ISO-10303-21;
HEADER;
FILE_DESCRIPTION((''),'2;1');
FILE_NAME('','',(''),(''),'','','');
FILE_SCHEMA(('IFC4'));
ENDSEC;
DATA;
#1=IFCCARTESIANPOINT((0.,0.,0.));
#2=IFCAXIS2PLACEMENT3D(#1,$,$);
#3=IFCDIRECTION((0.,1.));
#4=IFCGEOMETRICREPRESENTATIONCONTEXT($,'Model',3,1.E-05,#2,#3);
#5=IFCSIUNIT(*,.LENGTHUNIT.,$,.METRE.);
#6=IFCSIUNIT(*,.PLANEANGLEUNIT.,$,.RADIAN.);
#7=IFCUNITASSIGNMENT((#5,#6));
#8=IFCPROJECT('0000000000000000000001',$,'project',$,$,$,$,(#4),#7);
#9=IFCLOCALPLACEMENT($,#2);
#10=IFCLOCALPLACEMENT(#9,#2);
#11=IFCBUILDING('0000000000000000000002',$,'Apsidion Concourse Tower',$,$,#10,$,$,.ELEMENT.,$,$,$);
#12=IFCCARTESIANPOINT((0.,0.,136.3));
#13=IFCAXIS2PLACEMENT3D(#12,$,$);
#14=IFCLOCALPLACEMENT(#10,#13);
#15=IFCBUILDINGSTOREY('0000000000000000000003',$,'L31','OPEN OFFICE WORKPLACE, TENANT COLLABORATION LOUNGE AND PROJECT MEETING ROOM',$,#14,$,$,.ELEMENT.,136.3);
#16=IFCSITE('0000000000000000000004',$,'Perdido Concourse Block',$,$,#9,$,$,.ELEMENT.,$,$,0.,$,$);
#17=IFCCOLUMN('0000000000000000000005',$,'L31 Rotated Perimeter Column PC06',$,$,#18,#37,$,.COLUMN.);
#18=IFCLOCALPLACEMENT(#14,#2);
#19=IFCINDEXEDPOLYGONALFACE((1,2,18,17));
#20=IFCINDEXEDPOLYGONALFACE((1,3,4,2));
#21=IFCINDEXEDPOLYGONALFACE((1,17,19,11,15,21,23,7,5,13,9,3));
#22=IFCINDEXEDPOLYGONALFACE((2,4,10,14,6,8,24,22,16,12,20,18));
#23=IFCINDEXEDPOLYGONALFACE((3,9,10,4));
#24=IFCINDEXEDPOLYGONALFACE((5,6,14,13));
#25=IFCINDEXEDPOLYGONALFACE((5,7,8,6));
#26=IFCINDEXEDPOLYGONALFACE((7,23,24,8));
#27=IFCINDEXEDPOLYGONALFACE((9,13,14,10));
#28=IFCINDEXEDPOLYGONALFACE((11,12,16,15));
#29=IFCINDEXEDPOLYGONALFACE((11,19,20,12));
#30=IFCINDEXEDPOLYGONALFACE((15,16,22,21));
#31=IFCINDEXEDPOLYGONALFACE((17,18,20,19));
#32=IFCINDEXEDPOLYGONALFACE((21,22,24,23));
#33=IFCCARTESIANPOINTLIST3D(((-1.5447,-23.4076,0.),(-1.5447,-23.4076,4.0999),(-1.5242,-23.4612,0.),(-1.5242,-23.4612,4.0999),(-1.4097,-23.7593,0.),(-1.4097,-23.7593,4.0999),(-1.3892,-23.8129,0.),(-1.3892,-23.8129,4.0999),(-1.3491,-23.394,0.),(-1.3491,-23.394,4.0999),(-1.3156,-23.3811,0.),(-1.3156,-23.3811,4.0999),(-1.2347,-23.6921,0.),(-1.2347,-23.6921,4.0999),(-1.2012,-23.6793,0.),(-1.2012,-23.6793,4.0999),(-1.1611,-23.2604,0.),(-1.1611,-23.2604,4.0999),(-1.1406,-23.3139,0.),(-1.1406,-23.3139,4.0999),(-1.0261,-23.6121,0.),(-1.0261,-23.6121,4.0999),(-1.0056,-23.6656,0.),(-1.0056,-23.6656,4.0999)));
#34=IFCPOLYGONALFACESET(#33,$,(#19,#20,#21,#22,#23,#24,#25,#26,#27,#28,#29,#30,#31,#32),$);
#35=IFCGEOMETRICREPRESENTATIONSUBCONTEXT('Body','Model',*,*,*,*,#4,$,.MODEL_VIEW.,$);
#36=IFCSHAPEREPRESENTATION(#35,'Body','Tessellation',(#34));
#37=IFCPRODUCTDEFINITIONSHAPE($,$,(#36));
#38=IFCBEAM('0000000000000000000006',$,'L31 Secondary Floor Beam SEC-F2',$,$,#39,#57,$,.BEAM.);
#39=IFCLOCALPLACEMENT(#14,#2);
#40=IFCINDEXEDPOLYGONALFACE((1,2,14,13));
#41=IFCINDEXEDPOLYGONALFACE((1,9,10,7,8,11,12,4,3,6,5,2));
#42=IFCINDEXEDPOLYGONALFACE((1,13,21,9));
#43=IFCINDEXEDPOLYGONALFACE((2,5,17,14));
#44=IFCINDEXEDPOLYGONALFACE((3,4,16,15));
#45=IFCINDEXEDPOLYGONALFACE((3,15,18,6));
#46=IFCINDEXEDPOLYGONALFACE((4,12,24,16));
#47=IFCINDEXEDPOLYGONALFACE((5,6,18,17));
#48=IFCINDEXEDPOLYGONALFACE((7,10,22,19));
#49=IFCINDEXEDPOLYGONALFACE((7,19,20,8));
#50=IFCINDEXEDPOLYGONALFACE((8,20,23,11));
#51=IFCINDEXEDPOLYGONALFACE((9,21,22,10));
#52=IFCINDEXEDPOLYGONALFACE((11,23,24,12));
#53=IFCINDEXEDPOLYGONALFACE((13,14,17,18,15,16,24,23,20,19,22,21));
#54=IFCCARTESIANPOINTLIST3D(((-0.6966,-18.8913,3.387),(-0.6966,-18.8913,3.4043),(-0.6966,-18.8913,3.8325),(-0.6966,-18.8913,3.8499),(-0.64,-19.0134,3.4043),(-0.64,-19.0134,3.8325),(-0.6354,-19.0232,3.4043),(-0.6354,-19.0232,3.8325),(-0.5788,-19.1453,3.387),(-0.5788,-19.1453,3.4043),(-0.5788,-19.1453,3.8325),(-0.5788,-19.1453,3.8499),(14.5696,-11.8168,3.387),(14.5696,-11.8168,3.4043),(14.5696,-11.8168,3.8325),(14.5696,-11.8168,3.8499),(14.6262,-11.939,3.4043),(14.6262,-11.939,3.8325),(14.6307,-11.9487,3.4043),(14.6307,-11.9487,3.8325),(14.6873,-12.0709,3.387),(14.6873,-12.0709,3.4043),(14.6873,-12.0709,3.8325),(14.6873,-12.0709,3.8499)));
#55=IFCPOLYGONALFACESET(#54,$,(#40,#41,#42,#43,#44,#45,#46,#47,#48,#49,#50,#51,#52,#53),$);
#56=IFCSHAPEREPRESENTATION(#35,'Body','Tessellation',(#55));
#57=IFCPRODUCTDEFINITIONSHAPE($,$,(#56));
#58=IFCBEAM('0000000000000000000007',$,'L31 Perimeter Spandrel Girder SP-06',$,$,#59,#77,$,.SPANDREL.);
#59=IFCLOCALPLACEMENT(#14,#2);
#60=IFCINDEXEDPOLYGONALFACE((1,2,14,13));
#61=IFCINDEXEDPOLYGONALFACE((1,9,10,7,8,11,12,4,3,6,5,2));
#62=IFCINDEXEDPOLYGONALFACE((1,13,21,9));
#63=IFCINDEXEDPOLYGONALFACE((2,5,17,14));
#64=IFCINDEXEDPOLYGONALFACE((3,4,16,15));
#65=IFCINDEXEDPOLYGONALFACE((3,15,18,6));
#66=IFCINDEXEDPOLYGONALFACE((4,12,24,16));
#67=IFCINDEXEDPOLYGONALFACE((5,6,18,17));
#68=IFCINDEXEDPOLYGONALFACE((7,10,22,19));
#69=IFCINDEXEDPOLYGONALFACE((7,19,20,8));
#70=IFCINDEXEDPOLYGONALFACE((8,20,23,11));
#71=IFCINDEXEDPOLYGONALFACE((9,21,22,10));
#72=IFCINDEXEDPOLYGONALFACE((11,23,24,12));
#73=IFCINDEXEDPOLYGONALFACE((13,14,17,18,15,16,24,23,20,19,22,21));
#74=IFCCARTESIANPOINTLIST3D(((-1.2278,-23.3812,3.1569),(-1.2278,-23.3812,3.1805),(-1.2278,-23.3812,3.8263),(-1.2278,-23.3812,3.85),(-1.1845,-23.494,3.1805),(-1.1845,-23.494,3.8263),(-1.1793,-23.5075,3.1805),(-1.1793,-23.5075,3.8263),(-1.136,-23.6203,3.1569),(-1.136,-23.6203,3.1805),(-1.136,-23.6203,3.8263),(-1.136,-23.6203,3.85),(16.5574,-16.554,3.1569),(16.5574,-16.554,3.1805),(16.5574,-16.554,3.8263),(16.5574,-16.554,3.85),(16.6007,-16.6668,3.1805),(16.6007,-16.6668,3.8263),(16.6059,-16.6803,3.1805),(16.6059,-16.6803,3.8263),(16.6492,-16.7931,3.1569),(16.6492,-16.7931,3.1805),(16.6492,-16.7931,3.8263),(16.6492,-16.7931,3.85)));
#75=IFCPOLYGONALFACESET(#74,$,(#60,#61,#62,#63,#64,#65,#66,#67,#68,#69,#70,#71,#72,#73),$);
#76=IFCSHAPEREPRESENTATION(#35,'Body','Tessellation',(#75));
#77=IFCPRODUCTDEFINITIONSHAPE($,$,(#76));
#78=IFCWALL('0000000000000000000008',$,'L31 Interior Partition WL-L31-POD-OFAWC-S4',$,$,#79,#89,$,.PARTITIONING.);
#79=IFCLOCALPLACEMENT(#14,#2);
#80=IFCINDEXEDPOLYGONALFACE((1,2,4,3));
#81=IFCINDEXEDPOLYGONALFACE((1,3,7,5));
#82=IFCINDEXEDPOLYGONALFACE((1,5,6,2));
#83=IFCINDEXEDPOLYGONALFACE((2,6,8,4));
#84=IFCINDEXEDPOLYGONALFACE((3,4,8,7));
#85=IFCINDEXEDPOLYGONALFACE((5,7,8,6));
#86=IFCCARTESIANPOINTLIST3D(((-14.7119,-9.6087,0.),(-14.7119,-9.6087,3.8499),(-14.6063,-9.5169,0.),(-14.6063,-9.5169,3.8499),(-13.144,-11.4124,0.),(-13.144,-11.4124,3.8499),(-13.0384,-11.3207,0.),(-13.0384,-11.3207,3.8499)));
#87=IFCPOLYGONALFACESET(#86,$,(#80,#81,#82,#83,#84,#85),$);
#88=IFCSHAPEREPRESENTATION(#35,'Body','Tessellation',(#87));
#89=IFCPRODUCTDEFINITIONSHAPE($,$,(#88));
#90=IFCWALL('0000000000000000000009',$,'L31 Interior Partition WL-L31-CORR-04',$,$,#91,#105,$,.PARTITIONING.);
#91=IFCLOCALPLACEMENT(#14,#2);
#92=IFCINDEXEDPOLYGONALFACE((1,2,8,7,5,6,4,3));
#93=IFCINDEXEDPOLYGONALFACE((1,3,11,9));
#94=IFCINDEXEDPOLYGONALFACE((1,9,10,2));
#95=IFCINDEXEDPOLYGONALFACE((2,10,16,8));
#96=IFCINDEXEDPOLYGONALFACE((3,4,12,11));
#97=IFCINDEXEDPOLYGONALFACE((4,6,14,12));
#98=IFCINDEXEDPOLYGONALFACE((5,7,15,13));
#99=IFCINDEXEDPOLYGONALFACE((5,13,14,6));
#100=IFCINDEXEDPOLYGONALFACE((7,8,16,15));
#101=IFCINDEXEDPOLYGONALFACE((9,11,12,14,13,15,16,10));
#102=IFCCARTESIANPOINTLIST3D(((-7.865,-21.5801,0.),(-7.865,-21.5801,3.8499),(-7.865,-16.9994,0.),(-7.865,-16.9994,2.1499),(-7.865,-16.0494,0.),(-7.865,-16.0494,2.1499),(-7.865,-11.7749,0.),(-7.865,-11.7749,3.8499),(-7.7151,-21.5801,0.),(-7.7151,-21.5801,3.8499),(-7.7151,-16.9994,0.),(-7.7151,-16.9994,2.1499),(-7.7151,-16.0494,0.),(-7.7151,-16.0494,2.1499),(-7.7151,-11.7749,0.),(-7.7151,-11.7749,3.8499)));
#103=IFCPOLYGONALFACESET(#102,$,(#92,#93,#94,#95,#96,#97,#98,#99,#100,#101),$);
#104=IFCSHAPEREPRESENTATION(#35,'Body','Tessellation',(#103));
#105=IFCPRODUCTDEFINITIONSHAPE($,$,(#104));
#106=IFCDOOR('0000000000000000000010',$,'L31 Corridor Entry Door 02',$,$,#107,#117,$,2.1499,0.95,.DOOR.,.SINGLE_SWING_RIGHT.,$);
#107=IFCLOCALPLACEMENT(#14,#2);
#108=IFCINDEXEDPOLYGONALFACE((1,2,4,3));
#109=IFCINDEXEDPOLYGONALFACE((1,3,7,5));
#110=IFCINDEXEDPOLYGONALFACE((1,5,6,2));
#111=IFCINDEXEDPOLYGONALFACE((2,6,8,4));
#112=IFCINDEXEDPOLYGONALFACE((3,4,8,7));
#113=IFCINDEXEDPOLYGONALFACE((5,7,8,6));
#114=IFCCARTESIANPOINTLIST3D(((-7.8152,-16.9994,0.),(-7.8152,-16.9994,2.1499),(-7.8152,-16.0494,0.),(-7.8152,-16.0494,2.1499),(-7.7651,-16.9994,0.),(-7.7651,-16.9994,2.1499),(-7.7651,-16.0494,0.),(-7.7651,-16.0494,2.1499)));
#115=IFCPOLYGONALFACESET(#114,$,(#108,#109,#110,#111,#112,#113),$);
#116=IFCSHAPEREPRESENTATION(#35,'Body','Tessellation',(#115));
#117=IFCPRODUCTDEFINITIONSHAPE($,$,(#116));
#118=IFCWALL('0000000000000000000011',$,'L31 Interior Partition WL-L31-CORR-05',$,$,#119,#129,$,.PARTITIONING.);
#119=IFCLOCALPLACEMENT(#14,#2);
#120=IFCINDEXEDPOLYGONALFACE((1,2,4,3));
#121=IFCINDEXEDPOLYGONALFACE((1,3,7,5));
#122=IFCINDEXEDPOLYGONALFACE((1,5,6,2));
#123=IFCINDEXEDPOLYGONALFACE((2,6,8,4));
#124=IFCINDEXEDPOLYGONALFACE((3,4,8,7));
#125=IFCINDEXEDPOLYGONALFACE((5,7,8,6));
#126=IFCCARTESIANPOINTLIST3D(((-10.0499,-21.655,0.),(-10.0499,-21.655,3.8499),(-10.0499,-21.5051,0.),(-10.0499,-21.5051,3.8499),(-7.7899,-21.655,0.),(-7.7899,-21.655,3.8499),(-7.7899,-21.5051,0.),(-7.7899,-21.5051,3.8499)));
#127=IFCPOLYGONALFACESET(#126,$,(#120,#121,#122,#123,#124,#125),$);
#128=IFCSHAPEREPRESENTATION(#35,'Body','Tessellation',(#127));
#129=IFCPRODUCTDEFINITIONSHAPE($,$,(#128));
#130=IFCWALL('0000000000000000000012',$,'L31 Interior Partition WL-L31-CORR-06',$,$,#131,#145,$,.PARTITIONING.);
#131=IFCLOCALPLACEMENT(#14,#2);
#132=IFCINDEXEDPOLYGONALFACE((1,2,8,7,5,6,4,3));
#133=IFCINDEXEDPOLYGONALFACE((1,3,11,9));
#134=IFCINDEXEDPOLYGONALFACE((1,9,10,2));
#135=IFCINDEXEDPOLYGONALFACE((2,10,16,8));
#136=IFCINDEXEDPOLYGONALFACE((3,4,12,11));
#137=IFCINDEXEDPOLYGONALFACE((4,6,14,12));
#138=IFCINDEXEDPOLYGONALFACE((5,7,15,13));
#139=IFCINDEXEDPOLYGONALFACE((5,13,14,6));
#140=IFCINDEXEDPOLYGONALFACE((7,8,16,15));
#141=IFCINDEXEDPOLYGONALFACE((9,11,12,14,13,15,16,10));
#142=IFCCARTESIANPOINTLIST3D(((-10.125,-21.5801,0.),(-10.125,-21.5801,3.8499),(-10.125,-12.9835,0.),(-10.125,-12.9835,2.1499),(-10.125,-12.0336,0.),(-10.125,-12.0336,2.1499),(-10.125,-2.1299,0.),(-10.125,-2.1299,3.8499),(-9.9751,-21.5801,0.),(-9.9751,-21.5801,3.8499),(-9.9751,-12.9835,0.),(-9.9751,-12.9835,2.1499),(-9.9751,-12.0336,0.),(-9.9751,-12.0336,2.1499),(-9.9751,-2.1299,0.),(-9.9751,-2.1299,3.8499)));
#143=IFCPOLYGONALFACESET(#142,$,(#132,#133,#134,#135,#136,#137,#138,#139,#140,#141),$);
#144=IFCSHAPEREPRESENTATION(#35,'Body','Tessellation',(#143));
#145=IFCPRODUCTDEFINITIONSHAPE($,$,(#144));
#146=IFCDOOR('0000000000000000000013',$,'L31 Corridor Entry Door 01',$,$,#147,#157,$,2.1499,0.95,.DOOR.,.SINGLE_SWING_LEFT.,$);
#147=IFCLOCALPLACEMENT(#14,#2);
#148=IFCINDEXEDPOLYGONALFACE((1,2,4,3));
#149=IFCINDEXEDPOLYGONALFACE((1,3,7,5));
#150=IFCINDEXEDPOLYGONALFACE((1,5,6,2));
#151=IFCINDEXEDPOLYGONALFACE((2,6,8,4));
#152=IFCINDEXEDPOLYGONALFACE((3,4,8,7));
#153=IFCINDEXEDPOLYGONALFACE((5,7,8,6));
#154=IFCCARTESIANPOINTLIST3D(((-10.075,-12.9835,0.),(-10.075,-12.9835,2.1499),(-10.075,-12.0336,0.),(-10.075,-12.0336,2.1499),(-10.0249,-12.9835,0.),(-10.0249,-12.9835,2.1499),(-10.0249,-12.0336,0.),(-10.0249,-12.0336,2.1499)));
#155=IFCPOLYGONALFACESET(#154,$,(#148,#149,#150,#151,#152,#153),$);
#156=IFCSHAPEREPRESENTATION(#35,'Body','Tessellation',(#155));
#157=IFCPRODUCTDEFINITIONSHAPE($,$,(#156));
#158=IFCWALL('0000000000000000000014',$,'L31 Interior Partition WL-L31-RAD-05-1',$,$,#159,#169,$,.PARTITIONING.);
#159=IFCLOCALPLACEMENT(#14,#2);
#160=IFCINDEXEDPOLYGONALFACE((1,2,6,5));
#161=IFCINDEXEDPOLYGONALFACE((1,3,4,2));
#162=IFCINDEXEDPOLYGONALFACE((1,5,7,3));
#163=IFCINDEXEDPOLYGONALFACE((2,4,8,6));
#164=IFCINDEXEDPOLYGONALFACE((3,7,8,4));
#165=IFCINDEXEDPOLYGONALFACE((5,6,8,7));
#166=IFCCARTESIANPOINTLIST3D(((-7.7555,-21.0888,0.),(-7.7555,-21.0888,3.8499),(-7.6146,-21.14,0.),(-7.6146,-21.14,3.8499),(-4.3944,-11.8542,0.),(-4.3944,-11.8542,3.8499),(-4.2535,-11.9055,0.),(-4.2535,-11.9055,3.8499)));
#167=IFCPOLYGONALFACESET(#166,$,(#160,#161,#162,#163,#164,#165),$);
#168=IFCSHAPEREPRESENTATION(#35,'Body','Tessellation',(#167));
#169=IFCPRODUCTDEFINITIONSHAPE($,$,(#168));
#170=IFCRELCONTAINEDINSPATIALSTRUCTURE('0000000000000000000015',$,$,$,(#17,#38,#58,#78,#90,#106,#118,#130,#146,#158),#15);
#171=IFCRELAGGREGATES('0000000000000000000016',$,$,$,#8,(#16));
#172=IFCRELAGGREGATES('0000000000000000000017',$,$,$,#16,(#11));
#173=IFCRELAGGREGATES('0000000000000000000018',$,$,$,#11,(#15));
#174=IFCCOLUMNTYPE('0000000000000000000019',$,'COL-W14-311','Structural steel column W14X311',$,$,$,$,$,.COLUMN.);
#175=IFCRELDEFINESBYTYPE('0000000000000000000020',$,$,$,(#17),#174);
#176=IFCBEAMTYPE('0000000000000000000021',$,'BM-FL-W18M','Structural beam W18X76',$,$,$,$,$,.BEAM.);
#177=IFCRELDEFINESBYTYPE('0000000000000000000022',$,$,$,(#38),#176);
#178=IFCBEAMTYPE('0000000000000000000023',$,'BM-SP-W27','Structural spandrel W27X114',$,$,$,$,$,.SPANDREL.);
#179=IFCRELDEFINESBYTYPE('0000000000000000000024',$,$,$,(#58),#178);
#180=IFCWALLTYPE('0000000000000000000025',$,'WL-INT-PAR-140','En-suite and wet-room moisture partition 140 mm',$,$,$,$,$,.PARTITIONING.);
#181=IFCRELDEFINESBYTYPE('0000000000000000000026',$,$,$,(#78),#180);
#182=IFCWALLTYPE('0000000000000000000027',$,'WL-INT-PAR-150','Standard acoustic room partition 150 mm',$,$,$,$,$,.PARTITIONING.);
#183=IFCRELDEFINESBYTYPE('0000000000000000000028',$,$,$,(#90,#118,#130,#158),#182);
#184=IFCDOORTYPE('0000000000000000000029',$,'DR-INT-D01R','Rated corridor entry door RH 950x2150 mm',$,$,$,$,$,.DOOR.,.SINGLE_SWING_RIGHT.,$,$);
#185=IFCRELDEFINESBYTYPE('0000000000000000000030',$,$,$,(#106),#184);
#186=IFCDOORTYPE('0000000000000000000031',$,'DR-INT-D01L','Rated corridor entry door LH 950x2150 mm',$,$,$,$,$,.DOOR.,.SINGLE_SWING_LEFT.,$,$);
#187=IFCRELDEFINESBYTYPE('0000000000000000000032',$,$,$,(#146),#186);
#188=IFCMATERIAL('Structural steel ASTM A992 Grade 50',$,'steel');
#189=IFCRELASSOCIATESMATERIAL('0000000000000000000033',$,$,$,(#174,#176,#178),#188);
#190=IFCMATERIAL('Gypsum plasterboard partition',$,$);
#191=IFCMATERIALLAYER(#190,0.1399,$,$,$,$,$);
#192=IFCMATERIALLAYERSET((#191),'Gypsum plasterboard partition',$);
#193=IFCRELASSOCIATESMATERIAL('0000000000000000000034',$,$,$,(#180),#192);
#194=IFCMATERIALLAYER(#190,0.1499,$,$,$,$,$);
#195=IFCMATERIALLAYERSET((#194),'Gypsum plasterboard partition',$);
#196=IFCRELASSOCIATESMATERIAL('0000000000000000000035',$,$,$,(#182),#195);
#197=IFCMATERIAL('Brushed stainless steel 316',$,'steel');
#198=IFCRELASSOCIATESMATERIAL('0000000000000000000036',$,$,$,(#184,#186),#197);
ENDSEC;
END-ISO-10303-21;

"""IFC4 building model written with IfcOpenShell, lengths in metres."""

from ifc_helpers import new_model, si_unit, direction, frame, frame_2d, origin, origin_2d, place, context, subcontext, project, spatial, rectangle, i_section, extrude, material, layer, layer_set, material_profile, profile_set, type_object, element, fill, save


model = new_model("IFC4")

# Units and contexts
model_context = context("Model", 3, precision=1e-05, world=origin(), true_north=direction((0.0, 1.0)))
body_context = subcontext(model_context, "Body", "Model", "MODEL_VIEW")
ifc_project = project(units=[si_unit("LENGTHUNIT", "METRE"), si_unit("PLANEANGLEUNIT", "RADIAN")], contexts=[model_context])

# Site, building, storey
site_placement = place(None, origin())
site = spatial("IfcSite", under=ifc_project, at=site_placement, Name="Perdido Concourse Block", CompositionType="ELEMENT", RefElevation=0.0)
building_placement = place(site_placement, origin())
building = spatial("IfcBuilding", under=site, at=building_placement, Name="Apsidion Concourse Tower", CompositionType="ELEMENT")
storey_placement = place(building_placement, frame((0.0, 0.0, 136.3)))
storey = spatial("IfcBuildingStorey", under=building, at=storey_placement, Name="L31", Description="OPEN OFFICE WORKPLACE, TENANT COLLABORATION LOUNGE AND PROJECT MEETING ROOM", CompositionType="ELEMENT", Elevation=136.3)

# Column
ifc_material_1 = material(Name="Structural steel ASTM A992 Grade 50", Category="steel")
ifc_material_profile_1 = material_profile(ifc_material_1, i_section(OverallWidth=0.4109, OverallDepth=0.4341, WebThickness=0.0359, FlangeThickness=0.0574, at=origin_2d()), Name="W14X311")
ifc_profile_set_1 = profile_set([ifc_material_profile_1], Name="Structural steel ASTM A992 Grade 50")
column_type = type_object("IfcColumnType", Name="COL-W14-311", Description="Structural steel column W14X311", PredefinedType="COLUMN", material=ifc_profile_set_1)
column_placement = place(storey_placement, frame((-1.2751, -23.5366, 0.0), z_axis=(0.0, 0.0, 1.0), x_axis=(0.93358, 0.358368, 0.0)))
element("IfcColumn", 1, at=column_placement, inside=storey, type_object=column_type, Name="L31 Rotated Perimeter Column PC06", PredefinedType="COLUMN", context=body_context, shape_type="SweptSolid", body=[
    extrude(i_section(OverallWidth=0.4109, OverallDepth=0.4341, WebThickness=0.0359, FlangeThickness=0.0574, at=origin_2d()), origin(), (0.0, 0.0, 1.0), 4.0999),
])

# Beams
ifc_material_profile_2 = material_profile(ifc_material_1, i_section(OverallWidth=0.28, OverallDepth=0.4629, WebThickness=0.0107, FlangeThickness=0.0173, at=origin_2d()), Name="W18X76")
ifc_profile_set_2 = profile_set([ifc_material_profile_2], Name="Structural steel ASTM A992 Grade 50")
beam_type_1 = type_object("IfcBeamType", Name="BM-FL-W18M", Description="Structural beam W18X76", PredefinedType="BEAM", material=ifc_profile_set_2)
beam_1_placement = place(storey_placement, frame((-0.6377, -19.0183, 3.6184), z_axis=(0.907312, 0.420457, 0.0), x_axis=(-0.420457, 0.907312, 0.0)))
element("IfcBeam", 2, at=beam_1_placement, inside=storey, type_object=beam_type_1, Name="L31 Secondary Floor Beam SEC-F2", PredefinedType="BEAM", context=body_context, shape_type="SweptSolid", body=[
    extrude(i_section(OverallWidth=0.28, OverallDepth=0.4629, WebThickness=0.0107, FlangeThickness=0.0173, at=origin_2d()), origin(), (0.0, 0.0, 1.0), 16.8257),
])
ifc_material_profile_3 = material_profile(ifc_material_1, i_section(OverallWidth=0.2561, OverallDepth=0.6931, WebThickness=0.0144, FlangeThickness=0.0237, at=origin_2d()), Name="W27X114")
ifc_profile_set_3 = profile_set([ifc_material_profile_3], Name="Structural steel ASTM A992 Grade 50")
beam_type_2 = type_object("IfcBeamType", Name="BM-SP-W27", Description="Structural spandrel W27X114", PredefinedType="SPANDREL", material=ifc_profile_set_3)
beam_2_placement = place(storey_placement, frame((-1.1819, -23.5007, 3.5034), z_axis=(0.933579, 0.358371, 0.0), x_axis=(-0.358371, 0.933579, 0.0)))
element("IfcBeam", 3, at=beam_2_placement, inside=storey, type_object=beam_type_2, Name="L31 Perimeter Spandrel Girder SP-06", PredefinedType="SPANDREL", context=body_context, shape_type="SweptSolid", body=[
    extrude(i_section(OverallWidth=0.2561, OverallDepth=0.6931, WebThickness=0.0144, FlangeThickness=0.0237, at=origin_2d()), origin(), (0.0, 0.0, 1.0), 19.0505),
])

# Wall
ifc_material_2 = material(Name="Gypsum plasterboard partition")
ifc_layer_1 = layer(ifc_material_2, 0.1399)
ifc_layer_set_1 = layer_set([ifc_layer_1], Name="Gypsum plasterboard partition")
wall_type_1 = type_object("IfcWallType", Name="WL-INT-PAR-140", Description="En-suite and wet-room moisture partition 140 mm", PredefinedType="PARTITIONING", material=ifc_layer_set_1)
wall_1_placement = place(storey_placement, frame((-13.0913, -11.3665, 0.0), z_axis=(0.0, 0.0, 1.0), x_axis=(-0.656042, 0.754724, 0.0)))
element("IfcWall", 4, at=wall_1_placement, inside=storey, type_object=wall_type_1, Name="L31 Interior Partition WL-L31-POD-OFAWC-S4", PredefinedType="PARTITIONING", context=body_context, shape_type="SweptSolid", body=[
    extrude(rectangle(XDim=2.3899, YDim=0.1399, at=frame_2d((1.1948, 0.0))), origin(), (0.0, 0.0, 1.0), 3.8499),
])

# Wall, opening, door
ifc_layer_2 = layer(ifc_material_2, 0.1499)
ifc_layer_set_2 = layer_set([ifc_layer_2], Name="Gypsum plasterboard partition")
wall_type_2 = type_object("IfcWallType", Name="WL-INT-PAR-150", Description="Standard acoustic room partition 150 mm", PredefinedType="PARTITIONING", material=ifc_layer_set_2)
wall_2_placement = place(storey_placement, frame((-7.79, -11.7749, 0.0), z_axis=(0.0, 0.0, 1.0), x_axis=(0.0, -1.0, 0.0)))
wall_2 = element("IfcWall", 5, at=wall_2_placement, inside=storey, type_object=wall_type_2, Name="L31 Interior Partition WL-L31-CORR-04", PredefinedType="PARTITIONING", context=body_context, shape_type="SweptSolid", body=[
    extrude(rectangle(XDim=9.8052, YDim=0.1499, at=frame_2d((4.9026, 0.0))), origin(), (0.0, 0.0, 1.0), 3.8499),
])
opening_1_placement = place(wall_2_placement, frame((4.2744, 0.0, 0.0)))
opening_1 = element("IfcOpeningElement", 6, at=opening_1_placement, cuts=wall_2, PredefinedType="OPENING", context=body_context, shape_type="SweptSolid", body=[
    extrude(rectangle(XDim=0.95, YDim=2.1499, at=frame_2d((0.4751, 1.075))), frame((0.0, 0.085, 0.0), z_axis=(0.0, -1.0, 0.0), x_axis=(1.0, 0.0, 0.0)), (0.0, 0.0, 1.0), 0.1699),
])
ifc_material_3 = material(Name="Brushed stainless steel 316", Category="steel")
door_type_1 = type_object("IfcDoorType", Name="DR-INT-D01R", Description="Rated corridor entry door RH 950x2150 mm", OperationType="SINGLE_SWING_RIGHT", PredefinedType="DOOR", material=ifc_material_3)
door_1_placement = place(opening_1_placement, origin())
door_1 = element("IfcDoor", 7, at=door_1_placement, inside=storey, type_object=door_type_1, Name="L31 Corridor Entry Door 02", OperationType="SINGLE_SWING_RIGHT", OverallHeight=2.1499, OverallWidth=0.95, PredefinedType="DOOR", context=body_context, shape_type="SweptSolid", body=[
    extrude(rectangle(XDim=0.95, YDim=2.1499, at=frame_2d((0.4751, 1.075))), frame((0.0, 0.0249, 0.0), z_axis=(0.0, -1.0, 0.0), x_axis=(1.0, 0.0, 0.0)), (0.0, 0.0, 1.0), 0.05),
])
fill(opening_1, door_1)

# Wall
wall_3_placement = place(storey_placement, frame((-7.79, -21.5801, 0.0), z_axis=(0.0, 0.0, 1.0), x_axis=(-1.0, 0.0, 0.0)))
element("IfcWall", 8, at=wall_3_placement, inside=storey, type_object=wall_type_2, Name="L31 Interior Partition WL-L31-CORR-05", PredefinedType="PARTITIONING", context=body_context, shape_type="SweptSolid", body=[
    extrude(rectangle(XDim=2.26, YDim=0.1499, at=frame_2d((1.1299, 0.0))), origin(), (0.0, 0.0, 1.0), 3.8499),
])

# Wall, opening, door
wall_4_placement = place(storey_placement, frame((-10.05, -21.5801, 0.0), z_axis=(0.0, 0.0, 1.0), x_axis=(0.0, 1.0, 0.0)))
wall_4 = element("IfcWall", 9, at=wall_4_placement, inside=storey, type_object=wall_type_2, Name="L31 Interior Partition WL-L31-CORR-06", PredefinedType="PARTITIONING", context=body_context, shape_type="SweptSolid", body=[
    extrude(rectangle(XDim=19.4502, YDim=0.1499, at=frame_2d((9.7251, 0.0))), origin(), (0.0, 0.0, 1.0), 3.8499),
])
opening_2_placement = place(wall_4_placement, frame((8.5964, 0.0, 0.0)))
opening_2 = element("IfcOpeningElement", 10, at=opening_2_placement, cuts=wall_4, PredefinedType="OPENING", context=body_context, shape_type="SweptSolid", body=[
    extrude(rectangle(XDim=0.95, YDim=2.1499, at=frame_2d((0.4751, 1.075))), frame((0.0, 0.085, 0.0), z_axis=(0.0, -1.0, 0.0), x_axis=(1.0, 0.0, 0.0)), (0.0, 0.0, 1.0), 0.1699),
])
door_type_2 = type_object("IfcDoorType", Name="DR-INT-D01L", Description="Rated corridor entry door LH 950x2150 mm", OperationType="SINGLE_SWING_LEFT", PredefinedType="DOOR", material=ifc_material_3)
door_2_placement = place(opening_2_placement, origin())
door_2 = element("IfcDoor", 11, at=door_2_placement, inside=storey, type_object=door_type_2, Name="L31 Corridor Entry Door 01", OperationType="SINGLE_SWING_LEFT", OverallHeight=2.1499, OverallWidth=0.95, PredefinedType="DOOR", context=body_context, shape_type="SweptSolid", body=[
    extrude(rectangle(XDim=0.95, YDim=2.1499, at=frame_2d((0.4751, 1.075))), frame((0.0, 0.0249, 0.0), z_axis=(0.0, -1.0, 0.0), x_axis=(1.0, 0.0, 0.0)), (0.0, 0.0, 1.0), 0.05),
])
fill(opening_2, door_2)

# Wall
wall_5_placement = place(storey_placement, frame((-4.324, -11.8799, 0.0), z_axis=(0.0, 0.0, 1.0), x_axis=(-0.342016, -0.939694, 0.0)))
element("IfcWall", 12, at=wall_5_placement, inside=storey, type_object=wall_type_2, Name="L31 Interior Partition WL-L31-RAD-05-1", PredefinedType="PARTITIONING", context=body_context, shape_type="SweptSolid", body=[
    extrude(rectangle(XDim=9.8271, YDim=0.1499, at=frame_2d((4.9136, 0.0))), origin(), (0.0, 0.0, 1.0), 3.8499),
])

save(model, "model.ifc")
